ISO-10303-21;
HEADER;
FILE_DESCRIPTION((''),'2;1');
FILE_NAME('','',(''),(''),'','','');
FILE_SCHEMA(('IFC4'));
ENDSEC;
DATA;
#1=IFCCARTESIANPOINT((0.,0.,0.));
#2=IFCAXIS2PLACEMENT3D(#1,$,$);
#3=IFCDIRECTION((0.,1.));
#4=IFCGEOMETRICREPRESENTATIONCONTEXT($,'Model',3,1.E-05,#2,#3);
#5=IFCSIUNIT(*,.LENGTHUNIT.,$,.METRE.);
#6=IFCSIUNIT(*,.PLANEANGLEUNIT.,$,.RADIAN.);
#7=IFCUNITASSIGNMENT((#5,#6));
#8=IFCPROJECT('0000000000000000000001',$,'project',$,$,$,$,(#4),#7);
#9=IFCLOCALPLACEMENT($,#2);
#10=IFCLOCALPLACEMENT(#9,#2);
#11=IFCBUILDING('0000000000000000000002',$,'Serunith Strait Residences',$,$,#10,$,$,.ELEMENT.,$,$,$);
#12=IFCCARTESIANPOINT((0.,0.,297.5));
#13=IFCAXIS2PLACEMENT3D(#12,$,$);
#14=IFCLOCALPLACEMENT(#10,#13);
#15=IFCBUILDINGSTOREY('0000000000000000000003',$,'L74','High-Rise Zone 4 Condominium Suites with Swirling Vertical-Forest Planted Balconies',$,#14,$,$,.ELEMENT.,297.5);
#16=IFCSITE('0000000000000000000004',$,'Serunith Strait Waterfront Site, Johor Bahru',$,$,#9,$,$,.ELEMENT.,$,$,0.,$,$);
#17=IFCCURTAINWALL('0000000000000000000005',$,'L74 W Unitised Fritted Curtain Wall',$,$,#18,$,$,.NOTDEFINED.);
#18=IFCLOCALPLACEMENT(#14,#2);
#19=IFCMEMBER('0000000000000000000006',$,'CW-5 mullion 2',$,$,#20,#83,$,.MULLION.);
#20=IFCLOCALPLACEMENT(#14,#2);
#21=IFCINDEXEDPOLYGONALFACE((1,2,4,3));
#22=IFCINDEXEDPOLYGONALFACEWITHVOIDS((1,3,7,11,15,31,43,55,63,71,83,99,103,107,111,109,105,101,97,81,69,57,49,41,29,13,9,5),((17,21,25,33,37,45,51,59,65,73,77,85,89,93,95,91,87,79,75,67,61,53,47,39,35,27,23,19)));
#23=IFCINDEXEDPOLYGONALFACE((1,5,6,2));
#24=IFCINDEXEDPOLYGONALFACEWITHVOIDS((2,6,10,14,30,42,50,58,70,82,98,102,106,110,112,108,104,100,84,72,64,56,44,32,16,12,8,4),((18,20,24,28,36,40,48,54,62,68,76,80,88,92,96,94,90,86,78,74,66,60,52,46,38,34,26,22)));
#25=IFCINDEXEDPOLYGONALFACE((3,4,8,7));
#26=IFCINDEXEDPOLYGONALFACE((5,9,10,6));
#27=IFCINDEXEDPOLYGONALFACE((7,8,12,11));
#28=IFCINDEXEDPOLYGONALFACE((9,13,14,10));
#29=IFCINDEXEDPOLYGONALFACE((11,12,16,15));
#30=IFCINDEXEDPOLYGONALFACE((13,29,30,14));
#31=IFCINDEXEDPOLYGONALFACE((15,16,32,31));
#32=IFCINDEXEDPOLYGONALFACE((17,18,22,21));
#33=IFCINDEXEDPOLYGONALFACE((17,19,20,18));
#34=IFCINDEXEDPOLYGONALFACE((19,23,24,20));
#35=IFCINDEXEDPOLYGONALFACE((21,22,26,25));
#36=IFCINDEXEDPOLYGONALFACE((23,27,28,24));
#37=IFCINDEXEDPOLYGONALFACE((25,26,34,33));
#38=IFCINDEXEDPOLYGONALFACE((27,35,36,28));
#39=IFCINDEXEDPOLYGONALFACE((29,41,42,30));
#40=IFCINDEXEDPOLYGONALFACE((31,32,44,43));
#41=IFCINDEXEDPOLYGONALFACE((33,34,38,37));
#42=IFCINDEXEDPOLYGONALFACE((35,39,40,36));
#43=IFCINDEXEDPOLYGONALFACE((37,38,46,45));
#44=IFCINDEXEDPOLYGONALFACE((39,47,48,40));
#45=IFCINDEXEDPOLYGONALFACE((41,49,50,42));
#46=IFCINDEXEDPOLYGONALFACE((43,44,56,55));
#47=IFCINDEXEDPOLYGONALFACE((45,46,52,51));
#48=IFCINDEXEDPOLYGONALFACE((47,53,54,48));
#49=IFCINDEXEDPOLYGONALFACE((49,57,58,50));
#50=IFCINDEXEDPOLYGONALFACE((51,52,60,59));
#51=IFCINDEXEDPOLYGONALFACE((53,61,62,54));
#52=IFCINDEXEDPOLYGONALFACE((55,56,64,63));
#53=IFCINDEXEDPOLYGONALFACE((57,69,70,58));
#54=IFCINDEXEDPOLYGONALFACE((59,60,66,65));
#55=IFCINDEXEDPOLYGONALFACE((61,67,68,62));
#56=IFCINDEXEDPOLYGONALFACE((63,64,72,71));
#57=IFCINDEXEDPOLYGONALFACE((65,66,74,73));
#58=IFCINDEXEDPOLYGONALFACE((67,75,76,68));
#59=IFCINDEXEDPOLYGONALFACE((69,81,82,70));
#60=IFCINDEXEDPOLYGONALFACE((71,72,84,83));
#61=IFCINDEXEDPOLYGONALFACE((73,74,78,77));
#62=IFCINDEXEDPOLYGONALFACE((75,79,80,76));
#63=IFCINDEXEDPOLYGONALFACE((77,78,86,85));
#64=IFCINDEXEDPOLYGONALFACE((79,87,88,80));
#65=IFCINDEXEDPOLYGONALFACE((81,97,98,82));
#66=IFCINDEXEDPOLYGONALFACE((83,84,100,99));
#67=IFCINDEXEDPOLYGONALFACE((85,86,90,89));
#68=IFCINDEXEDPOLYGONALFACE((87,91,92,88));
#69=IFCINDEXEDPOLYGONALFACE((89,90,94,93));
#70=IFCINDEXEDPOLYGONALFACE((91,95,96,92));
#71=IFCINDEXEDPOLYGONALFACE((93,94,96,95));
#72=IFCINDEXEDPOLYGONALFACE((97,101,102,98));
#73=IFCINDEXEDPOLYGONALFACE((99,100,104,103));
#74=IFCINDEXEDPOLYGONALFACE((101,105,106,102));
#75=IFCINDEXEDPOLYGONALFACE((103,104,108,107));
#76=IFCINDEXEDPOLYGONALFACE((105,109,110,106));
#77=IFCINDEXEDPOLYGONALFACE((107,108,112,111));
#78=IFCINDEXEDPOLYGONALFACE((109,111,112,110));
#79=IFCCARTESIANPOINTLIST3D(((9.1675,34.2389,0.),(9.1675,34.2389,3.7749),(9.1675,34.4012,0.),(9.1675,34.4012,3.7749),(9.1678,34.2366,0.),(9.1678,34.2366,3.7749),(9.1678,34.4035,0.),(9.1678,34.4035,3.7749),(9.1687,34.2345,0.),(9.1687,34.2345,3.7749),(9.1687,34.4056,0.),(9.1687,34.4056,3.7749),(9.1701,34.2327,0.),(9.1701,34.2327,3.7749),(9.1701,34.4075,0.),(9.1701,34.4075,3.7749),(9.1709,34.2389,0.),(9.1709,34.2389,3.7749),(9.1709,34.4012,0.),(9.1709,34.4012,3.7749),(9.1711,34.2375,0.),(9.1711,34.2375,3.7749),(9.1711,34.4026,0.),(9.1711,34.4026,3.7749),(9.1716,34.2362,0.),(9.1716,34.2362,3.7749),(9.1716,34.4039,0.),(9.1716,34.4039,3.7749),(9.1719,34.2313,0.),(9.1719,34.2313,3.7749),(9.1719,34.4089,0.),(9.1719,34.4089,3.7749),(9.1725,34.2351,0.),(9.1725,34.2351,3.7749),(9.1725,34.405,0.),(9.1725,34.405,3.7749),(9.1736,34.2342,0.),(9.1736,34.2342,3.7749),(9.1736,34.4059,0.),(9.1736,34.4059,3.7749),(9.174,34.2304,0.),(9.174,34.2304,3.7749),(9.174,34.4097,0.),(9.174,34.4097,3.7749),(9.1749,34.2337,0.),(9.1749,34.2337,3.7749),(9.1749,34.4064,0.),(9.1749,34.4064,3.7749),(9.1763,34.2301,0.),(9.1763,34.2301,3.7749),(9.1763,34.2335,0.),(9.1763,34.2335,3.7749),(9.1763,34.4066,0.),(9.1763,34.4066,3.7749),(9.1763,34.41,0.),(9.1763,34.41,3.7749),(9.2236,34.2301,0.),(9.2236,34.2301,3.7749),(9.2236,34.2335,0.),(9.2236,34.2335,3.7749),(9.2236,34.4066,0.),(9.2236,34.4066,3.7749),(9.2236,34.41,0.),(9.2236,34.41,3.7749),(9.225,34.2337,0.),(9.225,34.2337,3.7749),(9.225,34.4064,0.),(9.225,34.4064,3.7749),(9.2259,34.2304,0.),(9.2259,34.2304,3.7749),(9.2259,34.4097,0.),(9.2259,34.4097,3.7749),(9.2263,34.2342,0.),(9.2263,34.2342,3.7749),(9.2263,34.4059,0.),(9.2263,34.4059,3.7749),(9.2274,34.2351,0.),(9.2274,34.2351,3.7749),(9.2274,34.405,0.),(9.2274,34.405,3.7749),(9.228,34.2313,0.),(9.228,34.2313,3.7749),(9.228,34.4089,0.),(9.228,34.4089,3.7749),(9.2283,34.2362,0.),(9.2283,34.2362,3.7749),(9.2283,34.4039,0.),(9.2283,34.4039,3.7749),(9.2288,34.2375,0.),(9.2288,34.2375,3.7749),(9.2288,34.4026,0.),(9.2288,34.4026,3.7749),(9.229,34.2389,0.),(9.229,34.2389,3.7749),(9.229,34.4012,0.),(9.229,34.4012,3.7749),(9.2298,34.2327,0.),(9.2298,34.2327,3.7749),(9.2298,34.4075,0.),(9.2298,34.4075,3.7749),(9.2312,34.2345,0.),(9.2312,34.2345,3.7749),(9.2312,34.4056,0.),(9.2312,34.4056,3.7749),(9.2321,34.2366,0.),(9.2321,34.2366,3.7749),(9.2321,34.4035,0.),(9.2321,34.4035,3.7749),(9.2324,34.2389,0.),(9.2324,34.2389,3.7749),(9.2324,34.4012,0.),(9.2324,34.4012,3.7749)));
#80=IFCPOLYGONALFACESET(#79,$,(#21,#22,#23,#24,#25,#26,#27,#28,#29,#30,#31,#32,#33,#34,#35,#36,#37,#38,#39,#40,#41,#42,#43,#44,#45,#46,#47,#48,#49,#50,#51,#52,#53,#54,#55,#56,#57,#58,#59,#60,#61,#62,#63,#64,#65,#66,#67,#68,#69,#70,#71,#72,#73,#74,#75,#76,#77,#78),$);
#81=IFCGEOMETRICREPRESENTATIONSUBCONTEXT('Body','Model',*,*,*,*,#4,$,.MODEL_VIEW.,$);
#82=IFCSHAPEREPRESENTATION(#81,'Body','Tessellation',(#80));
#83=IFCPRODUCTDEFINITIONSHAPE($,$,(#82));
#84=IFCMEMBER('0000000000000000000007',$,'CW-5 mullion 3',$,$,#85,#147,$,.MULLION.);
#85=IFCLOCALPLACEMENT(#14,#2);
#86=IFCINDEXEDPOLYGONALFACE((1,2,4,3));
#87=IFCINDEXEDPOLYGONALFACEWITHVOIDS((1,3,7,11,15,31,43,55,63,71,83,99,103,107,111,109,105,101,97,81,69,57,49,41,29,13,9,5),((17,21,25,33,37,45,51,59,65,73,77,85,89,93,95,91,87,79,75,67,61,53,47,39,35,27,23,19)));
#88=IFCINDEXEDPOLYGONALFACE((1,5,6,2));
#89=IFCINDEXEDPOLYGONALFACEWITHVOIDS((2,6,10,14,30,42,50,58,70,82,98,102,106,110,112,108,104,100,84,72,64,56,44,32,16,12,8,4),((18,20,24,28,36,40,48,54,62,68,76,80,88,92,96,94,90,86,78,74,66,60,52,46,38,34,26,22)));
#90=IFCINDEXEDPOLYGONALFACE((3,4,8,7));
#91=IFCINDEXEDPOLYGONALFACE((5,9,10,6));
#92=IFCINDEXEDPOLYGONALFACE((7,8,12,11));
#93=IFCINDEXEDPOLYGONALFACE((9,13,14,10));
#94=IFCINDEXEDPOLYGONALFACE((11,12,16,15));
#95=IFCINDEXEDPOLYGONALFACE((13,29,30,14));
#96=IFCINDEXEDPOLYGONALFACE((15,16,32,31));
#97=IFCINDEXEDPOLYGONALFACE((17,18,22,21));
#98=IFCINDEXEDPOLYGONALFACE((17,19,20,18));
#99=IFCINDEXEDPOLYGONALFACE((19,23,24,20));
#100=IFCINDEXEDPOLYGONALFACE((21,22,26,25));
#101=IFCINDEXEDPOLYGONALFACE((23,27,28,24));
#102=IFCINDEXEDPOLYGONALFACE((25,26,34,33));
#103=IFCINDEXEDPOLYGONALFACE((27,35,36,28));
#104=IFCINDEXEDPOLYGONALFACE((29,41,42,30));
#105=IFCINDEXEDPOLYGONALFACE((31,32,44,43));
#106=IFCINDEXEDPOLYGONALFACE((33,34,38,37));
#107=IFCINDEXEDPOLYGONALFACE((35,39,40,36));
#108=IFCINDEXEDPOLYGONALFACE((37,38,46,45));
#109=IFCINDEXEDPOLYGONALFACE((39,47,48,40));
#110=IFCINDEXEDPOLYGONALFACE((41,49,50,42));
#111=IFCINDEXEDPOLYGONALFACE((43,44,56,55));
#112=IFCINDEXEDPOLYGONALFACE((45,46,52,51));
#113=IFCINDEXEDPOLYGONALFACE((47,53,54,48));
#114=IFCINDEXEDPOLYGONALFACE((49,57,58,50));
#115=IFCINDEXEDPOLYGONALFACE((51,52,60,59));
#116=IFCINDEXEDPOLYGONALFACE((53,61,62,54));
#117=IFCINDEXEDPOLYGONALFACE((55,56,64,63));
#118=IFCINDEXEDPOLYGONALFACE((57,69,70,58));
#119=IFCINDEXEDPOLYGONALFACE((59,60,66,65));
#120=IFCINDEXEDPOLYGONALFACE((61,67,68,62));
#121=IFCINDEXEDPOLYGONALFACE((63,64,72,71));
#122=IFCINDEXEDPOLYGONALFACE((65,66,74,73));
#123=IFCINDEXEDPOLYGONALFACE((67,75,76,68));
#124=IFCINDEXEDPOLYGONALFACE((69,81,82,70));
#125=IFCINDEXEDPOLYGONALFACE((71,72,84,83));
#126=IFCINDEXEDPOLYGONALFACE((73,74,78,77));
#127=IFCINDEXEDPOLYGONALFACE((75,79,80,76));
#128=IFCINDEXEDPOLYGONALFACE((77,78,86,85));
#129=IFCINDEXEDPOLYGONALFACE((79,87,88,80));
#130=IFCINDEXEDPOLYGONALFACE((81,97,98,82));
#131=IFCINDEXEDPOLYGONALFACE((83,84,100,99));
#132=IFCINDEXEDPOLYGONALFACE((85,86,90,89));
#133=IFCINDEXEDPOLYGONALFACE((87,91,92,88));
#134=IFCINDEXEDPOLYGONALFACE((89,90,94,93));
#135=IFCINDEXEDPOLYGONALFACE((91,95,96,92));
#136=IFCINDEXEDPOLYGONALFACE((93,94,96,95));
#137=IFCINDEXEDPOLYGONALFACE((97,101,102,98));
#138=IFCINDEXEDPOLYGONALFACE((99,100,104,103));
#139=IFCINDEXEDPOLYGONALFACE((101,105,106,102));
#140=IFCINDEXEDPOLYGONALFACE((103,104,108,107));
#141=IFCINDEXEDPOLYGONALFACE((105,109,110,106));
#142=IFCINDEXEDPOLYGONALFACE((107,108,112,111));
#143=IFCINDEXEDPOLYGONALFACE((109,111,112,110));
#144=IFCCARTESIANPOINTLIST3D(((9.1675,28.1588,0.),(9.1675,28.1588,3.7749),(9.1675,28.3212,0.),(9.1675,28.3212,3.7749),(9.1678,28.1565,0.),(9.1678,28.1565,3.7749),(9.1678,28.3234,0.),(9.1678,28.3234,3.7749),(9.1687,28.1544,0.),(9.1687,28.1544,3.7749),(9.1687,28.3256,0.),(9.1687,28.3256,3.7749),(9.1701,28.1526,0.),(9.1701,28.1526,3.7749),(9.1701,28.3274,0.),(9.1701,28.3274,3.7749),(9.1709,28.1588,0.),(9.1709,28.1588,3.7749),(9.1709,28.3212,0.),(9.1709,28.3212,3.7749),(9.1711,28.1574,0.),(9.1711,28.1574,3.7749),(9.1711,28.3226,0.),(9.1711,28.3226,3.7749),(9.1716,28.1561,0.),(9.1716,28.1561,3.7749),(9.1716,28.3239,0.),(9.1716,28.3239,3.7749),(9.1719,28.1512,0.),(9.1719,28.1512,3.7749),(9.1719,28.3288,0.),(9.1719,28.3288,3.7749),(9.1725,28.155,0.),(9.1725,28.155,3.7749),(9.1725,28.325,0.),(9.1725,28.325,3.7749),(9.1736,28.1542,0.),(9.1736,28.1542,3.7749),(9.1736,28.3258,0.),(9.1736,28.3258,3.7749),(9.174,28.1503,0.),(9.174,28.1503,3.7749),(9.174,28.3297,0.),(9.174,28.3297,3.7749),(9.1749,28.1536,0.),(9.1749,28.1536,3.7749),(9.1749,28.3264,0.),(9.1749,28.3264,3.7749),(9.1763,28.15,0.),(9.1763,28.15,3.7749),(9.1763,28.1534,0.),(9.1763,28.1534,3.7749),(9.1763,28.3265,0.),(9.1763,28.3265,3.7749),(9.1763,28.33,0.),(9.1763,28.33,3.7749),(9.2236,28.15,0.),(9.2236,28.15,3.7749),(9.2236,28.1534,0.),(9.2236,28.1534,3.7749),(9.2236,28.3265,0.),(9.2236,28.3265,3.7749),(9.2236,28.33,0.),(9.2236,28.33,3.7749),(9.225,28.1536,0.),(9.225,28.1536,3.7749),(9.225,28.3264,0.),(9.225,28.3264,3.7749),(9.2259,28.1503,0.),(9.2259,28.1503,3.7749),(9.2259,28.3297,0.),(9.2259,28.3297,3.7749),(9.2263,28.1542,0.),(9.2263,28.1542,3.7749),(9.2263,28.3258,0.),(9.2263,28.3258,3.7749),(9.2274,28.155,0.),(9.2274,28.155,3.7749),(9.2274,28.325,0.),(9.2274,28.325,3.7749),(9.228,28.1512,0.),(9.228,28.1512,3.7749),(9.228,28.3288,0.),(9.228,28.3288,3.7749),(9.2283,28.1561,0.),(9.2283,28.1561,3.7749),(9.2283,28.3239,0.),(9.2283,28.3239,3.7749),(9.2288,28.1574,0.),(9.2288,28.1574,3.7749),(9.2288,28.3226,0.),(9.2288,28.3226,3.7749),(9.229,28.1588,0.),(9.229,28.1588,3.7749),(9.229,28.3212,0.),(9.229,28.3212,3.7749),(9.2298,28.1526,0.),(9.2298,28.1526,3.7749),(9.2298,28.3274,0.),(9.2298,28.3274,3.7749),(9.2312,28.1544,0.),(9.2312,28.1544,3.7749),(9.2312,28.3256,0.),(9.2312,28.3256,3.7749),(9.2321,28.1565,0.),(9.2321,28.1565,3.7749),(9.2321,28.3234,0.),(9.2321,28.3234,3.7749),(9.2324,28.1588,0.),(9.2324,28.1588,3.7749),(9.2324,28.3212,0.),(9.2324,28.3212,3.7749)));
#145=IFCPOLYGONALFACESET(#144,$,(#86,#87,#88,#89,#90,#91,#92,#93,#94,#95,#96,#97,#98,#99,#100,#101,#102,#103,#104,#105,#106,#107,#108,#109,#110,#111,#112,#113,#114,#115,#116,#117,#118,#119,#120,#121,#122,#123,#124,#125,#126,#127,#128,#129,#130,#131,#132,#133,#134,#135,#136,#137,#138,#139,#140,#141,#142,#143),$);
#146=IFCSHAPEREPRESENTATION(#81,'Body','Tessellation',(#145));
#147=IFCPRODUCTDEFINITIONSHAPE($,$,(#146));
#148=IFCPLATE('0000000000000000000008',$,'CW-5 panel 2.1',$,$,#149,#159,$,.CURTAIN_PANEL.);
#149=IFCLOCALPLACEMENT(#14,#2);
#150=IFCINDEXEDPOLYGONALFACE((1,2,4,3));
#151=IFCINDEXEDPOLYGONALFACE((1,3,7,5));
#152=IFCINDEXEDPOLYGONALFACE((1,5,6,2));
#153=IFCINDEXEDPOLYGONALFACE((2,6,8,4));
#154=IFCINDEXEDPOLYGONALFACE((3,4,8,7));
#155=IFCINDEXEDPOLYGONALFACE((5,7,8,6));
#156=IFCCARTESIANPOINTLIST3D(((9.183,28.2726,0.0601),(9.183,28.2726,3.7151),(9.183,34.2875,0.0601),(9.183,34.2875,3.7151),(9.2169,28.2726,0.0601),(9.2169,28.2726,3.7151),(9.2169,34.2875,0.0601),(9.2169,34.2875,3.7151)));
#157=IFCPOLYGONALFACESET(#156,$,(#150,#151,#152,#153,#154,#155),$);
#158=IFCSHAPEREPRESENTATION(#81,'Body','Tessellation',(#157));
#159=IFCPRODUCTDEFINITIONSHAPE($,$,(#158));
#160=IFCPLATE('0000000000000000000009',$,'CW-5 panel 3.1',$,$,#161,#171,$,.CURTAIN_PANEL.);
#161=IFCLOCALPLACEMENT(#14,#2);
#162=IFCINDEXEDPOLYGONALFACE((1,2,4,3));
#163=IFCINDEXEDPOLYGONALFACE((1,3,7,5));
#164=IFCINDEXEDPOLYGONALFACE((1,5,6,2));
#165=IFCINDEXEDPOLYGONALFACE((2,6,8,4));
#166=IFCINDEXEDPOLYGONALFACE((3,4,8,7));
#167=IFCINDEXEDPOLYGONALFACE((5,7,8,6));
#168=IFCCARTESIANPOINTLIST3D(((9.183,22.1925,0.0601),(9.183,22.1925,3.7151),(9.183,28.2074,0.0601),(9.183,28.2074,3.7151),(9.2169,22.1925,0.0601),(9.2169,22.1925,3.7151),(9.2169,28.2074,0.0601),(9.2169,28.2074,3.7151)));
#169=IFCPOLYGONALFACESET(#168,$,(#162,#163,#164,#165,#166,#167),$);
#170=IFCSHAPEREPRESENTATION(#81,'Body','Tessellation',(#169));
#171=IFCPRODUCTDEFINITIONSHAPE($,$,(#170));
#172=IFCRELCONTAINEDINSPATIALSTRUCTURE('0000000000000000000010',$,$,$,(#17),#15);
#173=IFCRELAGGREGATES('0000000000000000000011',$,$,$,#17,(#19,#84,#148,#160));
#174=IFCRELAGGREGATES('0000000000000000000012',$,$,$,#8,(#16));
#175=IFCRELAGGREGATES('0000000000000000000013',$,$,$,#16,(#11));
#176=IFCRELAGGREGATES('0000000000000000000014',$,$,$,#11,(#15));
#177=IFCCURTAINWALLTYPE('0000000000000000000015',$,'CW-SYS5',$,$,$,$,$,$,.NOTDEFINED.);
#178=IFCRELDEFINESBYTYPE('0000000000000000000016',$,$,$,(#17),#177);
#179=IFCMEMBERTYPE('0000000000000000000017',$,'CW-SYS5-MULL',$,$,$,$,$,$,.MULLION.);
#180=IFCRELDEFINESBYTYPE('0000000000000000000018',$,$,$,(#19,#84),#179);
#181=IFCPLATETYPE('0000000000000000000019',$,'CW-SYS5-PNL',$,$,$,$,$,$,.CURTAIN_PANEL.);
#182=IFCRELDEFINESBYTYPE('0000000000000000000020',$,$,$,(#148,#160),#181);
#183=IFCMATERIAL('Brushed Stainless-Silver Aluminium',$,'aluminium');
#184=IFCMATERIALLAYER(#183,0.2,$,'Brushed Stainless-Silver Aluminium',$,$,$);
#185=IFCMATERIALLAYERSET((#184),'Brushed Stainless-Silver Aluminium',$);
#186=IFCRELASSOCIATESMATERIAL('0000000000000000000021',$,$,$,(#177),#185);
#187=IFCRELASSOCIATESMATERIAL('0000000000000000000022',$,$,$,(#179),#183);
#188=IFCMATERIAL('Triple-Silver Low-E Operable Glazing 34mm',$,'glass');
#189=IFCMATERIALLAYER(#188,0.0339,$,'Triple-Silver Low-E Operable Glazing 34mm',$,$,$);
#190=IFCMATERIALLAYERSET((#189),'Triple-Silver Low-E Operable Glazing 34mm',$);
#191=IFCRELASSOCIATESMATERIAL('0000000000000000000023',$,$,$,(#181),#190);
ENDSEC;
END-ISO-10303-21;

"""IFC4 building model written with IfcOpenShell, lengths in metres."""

from ifc_helpers import new_model, si_unit, direction, frame, origin, origin_2d, place, context, subcontext, project, spatial, rectangle, hollow_rectangle, extrude, source, transform, mapped, material, layer, layer_set, material_profile, profile_set, type_object, element, aggregate, save


model = new_model("IFC4")

# Units and contexts
model_context = context("Model", 3, precision=1e-05, world=origin(), true_north=direction((0.0, 1.0)))
body_context = subcontext(model_context, "Body", "Model", "MODEL_VIEW")
ifc_project = project(units=[si_unit("LENGTHUNIT", "METRE"), si_unit("PLANEANGLEUNIT", "RADIAN")], contexts=[model_context])

# Site, building, storey
site_placement = place(None, origin())
site = spatial("IfcSite", under=ifc_project, at=site_placement, Name="Serunith Strait Waterfront Site, Johor Bahru", CompositionType="ELEMENT", RefElevation=0.0)
building_placement = place(site_placement, origin())
building = spatial("IfcBuilding", under=site, at=building_placement, Name="Serunith Strait Residences", CompositionType="ELEMENT")
storey_placement = place(building_placement, frame((0.0, 0.0, 297.5)))
storey = spatial("IfcBuildingStorey", under=building, at=storey_placement, Name="L74", Description="High-Rise Zone 4 Condominium Suites with Swirling Vertical-Forest Planted Balconies", CompositionType="ELEMENT", Elevation=297.5)

# Curtain wall, members, plates
ifc_material_1 = material(Name="Brushed Stainless-Silver Aluminium", Category="aluminium")
ifc_layer_1 = layer(ifc_material_1, 0.2, Name="Brushed Stainless-Silver Aluminium")
ifc_layer_set_1 = layer_set([ifc_layer_1], Name="Brushed Stainless-Silver Aluminium")
curtain_wall_type = type_object("IfcCurtainWallType", Name="CW-SYS5", PredefinedType="NOTDEFINED", material=ifc_layer_set_1)
curtain_wall_placement = place(storey_placement, origin())
curtain_wall = element("IfcCurtainWall", 1, at=curtain_wall_placement, inside=storey, type_object=curtain_wall_type, Name="L74 W Unitised Fritted Curtain Wall", PredefinedType="NOTDEFINED")
ifc_material_profile_1 = material_profile(ifc_material_1, hollow_rectangle(XDim=0.0649, YDim=0.1799, WallThickness=0.0034, InnerFilletRadius=0.0054, OuterFilletRadius=0.0088, at=origin_2d()), Name="ALU 180x65x3.5")
ifc_profile_set_1 = profile_set([ifc_material_profile_1], Name="Brushed Stainless-Silver Aluminium")
member_type_1 = type_object("IfcMemberType", Name="CW-SYS5-MULL", PredefinedType="MULLION", material=ifc_profile_set_1)
shared_shape_1 = source(origin(), body_context, "Body", "SweptSolid", [
    extrude(hollow_rectangle(XDim=0.0649, YDim=0.1799, WallThickness=0.0034, InnerFilletRadius=0.0054, OuterFilletRadius=0.0088, at=origin_2d()), origin(), (0.0, 0.0, 1.0), 3.7749),
])
member_1_placement = place(storey_placement, frame((9.2, 34.3201, 0.0), z_axis=(0.0, 0.0, 1.0), x_axis=(1.0, 0.0, 0.0)))
member_1 = element("IfcMember", 2, at=member_1_placement, type_object=member_type_1, Name="CW-5 mullion 2", PredefinedType="MULLION", context=body_context, shape_type="MappedRepresentation", body=[
    mapped(shared_shape_1, transform((0.0, 0.0, 0.0), scale=1.0)),
])
member_2_placement = place(storey_placement, frame((9.2, 28.24, 0.0), z_axis=(0.0, 0.0, 1.0), x_axis=(1.0, 0.0, 0.0)))
member_2 = element("IfcMember", 3, at=member_2_placement, type_object=member_type_1, Name="CW-5 mullion 3", PredefinedType="MULLION", context=body_context, shape_type="MappedRepresentation", body=[
    mapped(shared_shape_1, transform((0.0, 0.0, 0.0), scale=1.0)),
])
ifc_material_2 = material(Name="Triple-Silver Low-E Operable Glazing 34mm", Category="glass")
ifc_layer_2 = layer(ifc_material_2, 0.0339, Name="Triple-Silver Low-E Operable Glazing 34mm")
ifc_layer_set_2 = layer_set([ifc_layer_2], Name="Triple-Silver Low-E Operable Glazing 34mm")
plate_type = type_object("IfcPlateType", Name="CW-SYS5-PNL", PredefinedType="CURTAIN_PANEL", material=ifc_layer_set_2)
shared_shape_2 = source(origin(), body_context, "Body", "SweptSolid", [
    extrude(rectangle(XDim=6.0149, YDim=0.0339, at=origin_2d()), origin(), (0.0, 0.0, 1.0), 3.655),
])
plate_1_placement = place(storey_placement, frame((9.2, 31.28, 0.0601), z_axis=(0.0, 0.0, 1.0), x_axis=(0.0, -1.0, 0.0)))
plate_1 = element("IfcPlate", 4, at=plate_1_placement, type_object=plate_type, Name="CW-5 panel 2.1", PredefinedType="CURTAIN_PANEL", context=body_context, shape_type="MappedRepresentation", body=[
    mapped(shared_shape_2, transform((0.0, 0.0, 0.0), scale=1.0)),
])
plate_2_placement = place(storey_placement, frame((9.2, 25.2, 0.0601), z_axis=(0.0, 0.0, 1.0), x_axis=(0.0, -1.0, 0.0)))
plate_2 = element("IfcPlate", 5, at=plate_2_placement, type_object=plate_type, Name="CW-5 panel 3.1", PredefinedType="CURTAIN_PANEL", context=body_context, shape_type="MappedRepresentation", body=[
    mapped(shared_shape_2, transform((0.0, 0.0, 0.0), scale=1.0)),
])
aggregate(curtain_wall, [member_1, member_2, plate_1, plate_2])

save(model, "model.ifc")
